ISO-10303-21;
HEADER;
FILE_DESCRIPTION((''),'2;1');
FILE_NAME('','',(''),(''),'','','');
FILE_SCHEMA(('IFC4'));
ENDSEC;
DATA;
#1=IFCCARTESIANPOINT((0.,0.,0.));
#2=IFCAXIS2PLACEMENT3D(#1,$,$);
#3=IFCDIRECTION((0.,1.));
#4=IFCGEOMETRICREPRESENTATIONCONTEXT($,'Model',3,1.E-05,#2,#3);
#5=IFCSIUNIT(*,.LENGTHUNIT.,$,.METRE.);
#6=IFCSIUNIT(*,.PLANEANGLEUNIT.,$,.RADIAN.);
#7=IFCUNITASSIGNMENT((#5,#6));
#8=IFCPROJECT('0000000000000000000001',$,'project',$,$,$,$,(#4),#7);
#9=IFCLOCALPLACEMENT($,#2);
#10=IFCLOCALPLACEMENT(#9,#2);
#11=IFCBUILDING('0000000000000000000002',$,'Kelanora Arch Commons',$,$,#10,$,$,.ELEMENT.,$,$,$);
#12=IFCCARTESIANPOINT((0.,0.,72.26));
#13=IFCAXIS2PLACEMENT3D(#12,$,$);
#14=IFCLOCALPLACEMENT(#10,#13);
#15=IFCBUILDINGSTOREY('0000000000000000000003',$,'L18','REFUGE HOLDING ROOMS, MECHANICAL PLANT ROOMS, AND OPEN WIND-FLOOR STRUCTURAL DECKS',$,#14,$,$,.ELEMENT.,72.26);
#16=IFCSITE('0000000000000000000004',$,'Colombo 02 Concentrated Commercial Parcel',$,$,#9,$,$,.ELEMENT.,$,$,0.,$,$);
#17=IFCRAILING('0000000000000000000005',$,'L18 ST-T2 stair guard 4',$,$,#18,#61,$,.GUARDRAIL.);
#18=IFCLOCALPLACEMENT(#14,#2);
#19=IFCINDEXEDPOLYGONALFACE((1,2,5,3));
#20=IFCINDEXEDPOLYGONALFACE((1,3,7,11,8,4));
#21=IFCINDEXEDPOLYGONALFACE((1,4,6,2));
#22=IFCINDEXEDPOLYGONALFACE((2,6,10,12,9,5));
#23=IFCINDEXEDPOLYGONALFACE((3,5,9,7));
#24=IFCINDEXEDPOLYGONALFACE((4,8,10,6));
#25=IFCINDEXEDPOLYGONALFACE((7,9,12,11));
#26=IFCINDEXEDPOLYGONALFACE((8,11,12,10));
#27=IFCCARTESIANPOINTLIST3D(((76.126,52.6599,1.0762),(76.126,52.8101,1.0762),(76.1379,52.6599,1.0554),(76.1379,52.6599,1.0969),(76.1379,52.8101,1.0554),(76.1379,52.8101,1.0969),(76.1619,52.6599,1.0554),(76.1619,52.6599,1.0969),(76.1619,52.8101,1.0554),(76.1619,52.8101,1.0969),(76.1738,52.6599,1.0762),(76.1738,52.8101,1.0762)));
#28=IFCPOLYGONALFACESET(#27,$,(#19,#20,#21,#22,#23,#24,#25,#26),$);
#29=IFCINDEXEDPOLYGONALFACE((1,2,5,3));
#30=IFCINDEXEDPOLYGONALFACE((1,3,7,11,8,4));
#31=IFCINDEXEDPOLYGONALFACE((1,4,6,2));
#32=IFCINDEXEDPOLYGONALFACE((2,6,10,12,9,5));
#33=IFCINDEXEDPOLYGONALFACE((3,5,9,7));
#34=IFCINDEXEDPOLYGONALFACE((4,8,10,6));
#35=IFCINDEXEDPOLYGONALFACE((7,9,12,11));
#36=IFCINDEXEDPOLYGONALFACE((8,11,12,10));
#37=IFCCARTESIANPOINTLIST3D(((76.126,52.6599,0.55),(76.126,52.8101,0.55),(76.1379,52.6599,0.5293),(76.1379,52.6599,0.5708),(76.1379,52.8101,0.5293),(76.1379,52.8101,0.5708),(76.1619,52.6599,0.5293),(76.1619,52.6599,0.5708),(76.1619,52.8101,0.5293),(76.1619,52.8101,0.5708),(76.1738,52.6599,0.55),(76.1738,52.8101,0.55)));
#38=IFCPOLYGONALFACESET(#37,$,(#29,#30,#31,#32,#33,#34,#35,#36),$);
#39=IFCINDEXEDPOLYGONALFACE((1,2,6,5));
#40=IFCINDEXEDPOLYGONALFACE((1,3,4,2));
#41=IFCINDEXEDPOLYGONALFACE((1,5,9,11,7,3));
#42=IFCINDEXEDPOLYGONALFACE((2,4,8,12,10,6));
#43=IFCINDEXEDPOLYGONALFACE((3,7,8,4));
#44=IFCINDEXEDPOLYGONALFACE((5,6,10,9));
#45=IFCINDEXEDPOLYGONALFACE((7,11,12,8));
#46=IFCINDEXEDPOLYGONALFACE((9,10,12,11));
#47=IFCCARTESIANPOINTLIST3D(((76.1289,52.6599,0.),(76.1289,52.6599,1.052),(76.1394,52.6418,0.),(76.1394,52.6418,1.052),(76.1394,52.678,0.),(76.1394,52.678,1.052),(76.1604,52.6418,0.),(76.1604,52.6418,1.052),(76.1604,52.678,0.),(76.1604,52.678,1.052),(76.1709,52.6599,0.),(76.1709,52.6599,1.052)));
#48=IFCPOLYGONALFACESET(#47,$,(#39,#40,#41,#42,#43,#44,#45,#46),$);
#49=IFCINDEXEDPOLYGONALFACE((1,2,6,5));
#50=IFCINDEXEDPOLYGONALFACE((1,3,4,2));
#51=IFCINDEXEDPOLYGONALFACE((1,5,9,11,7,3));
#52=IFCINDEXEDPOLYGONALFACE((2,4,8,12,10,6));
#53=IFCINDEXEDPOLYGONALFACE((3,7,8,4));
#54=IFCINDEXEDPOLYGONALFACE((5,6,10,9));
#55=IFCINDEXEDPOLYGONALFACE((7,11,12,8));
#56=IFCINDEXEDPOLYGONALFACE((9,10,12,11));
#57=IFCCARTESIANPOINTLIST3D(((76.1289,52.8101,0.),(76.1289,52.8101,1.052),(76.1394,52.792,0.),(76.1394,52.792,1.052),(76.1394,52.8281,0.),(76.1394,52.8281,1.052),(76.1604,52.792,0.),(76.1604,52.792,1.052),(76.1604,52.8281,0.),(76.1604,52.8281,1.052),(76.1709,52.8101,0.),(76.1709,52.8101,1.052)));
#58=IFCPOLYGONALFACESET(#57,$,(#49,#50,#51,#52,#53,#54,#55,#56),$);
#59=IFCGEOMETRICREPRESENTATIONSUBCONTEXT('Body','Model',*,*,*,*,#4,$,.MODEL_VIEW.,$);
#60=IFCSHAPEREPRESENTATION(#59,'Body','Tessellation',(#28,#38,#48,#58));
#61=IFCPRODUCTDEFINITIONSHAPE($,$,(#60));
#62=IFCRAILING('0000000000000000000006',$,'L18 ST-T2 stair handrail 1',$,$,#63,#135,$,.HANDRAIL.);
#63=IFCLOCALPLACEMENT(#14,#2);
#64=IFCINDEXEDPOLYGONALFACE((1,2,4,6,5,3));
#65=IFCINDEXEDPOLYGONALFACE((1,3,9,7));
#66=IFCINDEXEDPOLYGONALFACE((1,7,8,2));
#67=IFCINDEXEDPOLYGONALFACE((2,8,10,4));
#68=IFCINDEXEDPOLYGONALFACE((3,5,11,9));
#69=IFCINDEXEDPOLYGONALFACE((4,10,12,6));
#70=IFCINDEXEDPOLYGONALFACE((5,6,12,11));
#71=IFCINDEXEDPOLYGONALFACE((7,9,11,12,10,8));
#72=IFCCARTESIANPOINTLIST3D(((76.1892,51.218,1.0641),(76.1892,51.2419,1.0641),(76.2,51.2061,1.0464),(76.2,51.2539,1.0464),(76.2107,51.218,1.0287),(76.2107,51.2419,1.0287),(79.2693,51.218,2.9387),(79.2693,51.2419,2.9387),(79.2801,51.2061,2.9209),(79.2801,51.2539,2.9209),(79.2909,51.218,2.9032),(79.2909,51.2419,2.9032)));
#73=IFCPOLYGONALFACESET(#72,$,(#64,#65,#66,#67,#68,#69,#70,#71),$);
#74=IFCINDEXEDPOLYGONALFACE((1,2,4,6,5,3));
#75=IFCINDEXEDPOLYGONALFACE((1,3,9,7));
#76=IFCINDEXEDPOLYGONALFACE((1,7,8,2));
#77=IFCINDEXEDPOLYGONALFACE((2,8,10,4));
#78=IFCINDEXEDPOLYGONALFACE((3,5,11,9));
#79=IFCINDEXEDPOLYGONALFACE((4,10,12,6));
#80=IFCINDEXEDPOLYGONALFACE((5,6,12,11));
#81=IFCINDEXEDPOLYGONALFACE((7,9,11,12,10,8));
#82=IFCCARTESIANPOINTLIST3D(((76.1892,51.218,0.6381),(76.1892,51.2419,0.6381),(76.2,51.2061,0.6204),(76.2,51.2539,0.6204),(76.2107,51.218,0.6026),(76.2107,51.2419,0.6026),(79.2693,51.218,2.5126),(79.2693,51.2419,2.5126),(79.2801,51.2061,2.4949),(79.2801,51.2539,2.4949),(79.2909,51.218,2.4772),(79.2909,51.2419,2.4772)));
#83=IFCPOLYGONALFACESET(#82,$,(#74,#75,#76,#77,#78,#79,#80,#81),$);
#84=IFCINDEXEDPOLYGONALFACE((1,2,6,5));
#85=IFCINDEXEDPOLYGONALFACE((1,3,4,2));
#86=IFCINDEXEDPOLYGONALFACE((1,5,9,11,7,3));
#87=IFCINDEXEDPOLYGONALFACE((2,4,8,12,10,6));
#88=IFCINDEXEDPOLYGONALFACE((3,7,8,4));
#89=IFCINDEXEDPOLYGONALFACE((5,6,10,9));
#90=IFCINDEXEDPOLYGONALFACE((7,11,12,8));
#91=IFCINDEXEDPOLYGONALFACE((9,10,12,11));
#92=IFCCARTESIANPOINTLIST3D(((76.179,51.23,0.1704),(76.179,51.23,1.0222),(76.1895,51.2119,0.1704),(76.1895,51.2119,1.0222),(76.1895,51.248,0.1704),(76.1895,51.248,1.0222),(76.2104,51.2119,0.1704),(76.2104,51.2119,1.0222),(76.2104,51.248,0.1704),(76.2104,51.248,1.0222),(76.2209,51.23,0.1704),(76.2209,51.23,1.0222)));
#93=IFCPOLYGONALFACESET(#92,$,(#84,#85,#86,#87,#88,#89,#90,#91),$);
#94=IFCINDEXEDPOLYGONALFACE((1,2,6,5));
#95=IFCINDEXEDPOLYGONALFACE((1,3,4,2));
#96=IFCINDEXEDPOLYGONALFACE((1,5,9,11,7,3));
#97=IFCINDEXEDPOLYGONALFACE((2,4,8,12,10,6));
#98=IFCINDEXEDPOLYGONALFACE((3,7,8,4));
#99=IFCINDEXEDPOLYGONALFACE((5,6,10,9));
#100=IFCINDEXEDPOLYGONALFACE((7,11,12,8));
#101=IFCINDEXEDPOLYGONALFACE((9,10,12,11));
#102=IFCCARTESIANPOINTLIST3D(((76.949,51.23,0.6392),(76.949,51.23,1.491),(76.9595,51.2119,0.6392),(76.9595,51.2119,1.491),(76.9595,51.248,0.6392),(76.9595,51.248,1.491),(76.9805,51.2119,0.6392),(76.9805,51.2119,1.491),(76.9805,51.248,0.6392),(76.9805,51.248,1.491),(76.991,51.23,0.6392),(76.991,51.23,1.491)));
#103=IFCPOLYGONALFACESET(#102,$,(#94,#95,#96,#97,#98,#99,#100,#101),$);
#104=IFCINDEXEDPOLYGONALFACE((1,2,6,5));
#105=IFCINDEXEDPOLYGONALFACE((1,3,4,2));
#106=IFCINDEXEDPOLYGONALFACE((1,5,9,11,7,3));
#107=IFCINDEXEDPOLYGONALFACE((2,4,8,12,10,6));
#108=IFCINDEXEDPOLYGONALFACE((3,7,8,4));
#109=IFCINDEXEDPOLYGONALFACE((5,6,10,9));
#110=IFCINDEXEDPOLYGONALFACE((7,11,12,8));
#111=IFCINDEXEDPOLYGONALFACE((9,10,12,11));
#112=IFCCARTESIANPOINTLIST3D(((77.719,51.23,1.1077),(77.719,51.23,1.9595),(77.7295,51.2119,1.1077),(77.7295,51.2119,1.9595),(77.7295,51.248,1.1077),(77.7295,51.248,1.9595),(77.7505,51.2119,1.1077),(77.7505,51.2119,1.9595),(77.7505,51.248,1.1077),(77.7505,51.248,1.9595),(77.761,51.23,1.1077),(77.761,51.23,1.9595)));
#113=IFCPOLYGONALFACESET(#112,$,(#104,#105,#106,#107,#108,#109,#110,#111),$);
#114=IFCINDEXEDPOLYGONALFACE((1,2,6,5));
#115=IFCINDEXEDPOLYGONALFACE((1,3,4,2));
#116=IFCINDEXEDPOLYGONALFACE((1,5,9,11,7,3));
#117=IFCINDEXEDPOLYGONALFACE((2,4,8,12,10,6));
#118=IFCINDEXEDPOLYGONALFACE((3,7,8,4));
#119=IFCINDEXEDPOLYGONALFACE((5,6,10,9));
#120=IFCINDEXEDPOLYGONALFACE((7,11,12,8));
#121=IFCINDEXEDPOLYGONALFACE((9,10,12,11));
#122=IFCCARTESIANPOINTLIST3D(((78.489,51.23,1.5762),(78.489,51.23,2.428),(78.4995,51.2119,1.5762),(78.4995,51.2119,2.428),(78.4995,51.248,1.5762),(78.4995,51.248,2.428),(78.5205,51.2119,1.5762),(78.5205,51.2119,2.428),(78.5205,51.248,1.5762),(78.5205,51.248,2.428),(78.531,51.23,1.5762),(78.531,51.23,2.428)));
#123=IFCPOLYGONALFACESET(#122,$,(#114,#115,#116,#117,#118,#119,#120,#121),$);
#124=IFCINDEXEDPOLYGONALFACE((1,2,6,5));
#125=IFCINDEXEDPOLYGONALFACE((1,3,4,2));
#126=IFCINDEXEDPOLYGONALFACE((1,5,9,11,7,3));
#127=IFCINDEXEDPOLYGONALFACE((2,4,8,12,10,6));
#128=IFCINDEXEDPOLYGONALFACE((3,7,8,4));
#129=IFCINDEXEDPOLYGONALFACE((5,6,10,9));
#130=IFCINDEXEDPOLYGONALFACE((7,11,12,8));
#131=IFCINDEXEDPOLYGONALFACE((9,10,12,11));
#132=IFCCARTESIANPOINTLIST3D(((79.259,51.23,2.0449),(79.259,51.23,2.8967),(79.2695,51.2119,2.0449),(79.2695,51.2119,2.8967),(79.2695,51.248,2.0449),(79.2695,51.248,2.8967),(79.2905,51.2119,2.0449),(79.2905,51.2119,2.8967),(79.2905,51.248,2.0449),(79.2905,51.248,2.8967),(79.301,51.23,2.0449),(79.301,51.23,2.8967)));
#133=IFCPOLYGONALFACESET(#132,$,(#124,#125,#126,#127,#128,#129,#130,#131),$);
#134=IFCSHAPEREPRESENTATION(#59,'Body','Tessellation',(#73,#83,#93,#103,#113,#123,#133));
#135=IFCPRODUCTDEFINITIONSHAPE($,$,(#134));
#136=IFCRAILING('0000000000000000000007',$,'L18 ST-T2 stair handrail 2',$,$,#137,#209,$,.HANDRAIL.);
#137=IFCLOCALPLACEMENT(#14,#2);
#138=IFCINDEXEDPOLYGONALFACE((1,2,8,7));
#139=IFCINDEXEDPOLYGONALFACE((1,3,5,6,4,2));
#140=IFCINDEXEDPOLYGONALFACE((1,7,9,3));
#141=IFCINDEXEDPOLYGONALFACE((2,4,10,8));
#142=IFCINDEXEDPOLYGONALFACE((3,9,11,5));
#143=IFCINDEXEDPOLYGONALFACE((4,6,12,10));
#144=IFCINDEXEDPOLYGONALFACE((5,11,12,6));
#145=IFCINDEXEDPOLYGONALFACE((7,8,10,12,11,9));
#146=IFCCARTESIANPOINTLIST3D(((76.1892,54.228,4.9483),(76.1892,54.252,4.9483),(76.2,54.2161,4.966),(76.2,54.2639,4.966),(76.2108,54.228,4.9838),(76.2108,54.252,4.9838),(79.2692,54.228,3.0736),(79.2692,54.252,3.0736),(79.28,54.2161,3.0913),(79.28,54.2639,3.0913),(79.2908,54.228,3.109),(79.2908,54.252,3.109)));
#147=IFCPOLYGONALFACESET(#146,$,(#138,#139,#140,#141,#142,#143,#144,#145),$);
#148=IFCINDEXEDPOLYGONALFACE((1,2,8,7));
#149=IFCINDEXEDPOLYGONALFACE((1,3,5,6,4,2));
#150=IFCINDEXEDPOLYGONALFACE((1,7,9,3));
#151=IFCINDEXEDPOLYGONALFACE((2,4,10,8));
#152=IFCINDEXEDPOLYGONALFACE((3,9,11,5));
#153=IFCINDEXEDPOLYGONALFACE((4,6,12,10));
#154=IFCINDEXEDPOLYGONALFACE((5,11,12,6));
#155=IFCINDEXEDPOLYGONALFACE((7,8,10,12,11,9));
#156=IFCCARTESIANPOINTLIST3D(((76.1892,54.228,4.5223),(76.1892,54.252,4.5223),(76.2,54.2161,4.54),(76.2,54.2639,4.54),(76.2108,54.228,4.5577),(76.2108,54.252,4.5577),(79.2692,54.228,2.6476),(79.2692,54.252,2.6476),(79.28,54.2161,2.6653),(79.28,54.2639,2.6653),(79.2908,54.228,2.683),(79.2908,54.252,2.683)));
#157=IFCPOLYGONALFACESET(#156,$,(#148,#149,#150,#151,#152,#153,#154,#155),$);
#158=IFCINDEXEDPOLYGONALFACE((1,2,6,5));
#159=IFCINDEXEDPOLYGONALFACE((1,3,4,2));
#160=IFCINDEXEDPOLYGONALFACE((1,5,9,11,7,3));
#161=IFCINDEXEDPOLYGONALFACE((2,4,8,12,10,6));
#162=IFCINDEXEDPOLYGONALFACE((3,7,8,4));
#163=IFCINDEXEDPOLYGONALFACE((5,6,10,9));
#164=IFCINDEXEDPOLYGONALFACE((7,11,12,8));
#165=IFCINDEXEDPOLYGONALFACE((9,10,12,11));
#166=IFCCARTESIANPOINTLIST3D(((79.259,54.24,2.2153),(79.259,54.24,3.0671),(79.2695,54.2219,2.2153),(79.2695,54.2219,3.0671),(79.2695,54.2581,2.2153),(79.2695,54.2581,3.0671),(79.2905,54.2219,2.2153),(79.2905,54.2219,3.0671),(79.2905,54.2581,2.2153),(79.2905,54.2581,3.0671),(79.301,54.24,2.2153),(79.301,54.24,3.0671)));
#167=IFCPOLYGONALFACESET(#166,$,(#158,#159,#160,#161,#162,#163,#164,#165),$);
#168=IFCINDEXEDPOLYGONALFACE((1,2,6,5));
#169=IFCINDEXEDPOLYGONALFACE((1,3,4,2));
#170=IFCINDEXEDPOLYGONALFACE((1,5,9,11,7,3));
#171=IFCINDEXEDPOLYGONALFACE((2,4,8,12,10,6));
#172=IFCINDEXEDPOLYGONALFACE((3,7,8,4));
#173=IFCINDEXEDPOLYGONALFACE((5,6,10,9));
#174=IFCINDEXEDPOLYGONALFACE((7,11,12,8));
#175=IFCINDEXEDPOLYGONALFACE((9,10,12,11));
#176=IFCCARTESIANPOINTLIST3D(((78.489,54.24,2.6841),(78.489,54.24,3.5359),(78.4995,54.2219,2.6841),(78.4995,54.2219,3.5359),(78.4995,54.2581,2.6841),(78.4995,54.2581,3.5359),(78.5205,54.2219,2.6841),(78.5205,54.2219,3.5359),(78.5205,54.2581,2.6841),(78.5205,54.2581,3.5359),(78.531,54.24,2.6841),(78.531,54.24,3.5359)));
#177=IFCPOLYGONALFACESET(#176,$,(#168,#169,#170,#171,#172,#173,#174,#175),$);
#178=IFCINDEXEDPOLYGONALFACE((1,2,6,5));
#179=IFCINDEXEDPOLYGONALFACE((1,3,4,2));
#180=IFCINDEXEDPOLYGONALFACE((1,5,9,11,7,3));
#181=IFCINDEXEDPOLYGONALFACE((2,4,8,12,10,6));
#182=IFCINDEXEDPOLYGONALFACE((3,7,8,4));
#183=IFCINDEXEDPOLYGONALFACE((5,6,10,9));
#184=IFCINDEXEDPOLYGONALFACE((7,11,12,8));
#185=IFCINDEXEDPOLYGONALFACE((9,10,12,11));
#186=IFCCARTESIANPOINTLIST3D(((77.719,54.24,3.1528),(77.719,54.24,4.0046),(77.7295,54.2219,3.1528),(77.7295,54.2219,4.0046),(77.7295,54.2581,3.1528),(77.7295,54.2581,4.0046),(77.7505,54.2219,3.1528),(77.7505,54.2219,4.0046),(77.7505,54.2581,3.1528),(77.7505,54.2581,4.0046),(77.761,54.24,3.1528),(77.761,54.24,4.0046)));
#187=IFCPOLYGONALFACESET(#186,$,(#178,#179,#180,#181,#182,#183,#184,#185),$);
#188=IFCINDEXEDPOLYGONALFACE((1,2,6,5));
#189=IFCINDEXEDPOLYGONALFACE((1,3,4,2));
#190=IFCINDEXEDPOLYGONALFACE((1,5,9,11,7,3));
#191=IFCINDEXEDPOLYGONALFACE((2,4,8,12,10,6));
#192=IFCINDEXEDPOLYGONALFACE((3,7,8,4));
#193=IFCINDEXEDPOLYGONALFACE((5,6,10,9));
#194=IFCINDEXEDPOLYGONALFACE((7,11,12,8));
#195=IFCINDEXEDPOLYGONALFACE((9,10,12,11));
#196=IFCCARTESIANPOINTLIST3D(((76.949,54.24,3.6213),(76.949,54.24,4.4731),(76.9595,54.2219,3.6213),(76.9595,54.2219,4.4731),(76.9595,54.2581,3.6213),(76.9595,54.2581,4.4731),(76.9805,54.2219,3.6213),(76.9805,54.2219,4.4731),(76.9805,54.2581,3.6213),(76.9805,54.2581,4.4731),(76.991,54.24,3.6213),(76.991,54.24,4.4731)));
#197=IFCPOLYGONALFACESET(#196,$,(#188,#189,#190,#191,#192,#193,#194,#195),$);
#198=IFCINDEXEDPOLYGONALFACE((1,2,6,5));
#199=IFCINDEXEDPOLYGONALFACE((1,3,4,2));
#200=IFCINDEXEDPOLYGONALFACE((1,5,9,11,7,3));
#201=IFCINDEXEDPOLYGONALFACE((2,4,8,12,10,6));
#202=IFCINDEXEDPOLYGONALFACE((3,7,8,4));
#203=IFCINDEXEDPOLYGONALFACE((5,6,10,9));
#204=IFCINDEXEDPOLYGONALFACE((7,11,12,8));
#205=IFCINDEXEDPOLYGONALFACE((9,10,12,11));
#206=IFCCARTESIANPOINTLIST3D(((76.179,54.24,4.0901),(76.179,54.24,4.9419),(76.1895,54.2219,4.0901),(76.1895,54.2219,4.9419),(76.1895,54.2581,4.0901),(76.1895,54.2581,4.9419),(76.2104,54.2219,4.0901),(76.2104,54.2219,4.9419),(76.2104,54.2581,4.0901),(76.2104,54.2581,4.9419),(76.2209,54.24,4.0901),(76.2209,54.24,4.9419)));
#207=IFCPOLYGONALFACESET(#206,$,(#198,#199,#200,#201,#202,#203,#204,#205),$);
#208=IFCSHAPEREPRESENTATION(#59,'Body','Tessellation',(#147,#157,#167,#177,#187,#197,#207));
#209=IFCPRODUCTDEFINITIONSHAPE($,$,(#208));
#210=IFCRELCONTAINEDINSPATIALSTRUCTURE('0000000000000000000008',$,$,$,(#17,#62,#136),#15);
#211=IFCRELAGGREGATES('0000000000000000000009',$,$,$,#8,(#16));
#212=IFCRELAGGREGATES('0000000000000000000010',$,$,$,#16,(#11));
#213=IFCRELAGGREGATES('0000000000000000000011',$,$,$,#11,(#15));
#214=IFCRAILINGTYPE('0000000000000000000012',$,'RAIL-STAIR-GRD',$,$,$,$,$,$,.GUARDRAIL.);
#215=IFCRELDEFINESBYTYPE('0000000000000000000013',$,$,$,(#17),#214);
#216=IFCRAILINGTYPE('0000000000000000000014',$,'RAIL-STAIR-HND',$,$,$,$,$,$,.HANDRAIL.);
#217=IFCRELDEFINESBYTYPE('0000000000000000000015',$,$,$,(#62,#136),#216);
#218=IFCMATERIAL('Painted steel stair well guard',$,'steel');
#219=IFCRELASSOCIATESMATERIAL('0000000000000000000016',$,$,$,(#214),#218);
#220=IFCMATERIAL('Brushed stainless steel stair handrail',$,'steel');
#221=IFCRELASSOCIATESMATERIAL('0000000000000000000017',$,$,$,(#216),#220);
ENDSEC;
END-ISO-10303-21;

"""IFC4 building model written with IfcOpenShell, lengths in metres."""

from ifc_helpers import new_model, si_unit, direction, frame, origin, place, context, subcontext, project, spatial, polyline, outline, extrude, material, type_object, element, save


model = new_model("IFC4")

# Units and contexts
model_context = context("Model", 3, precision=1e-05, world=origin(), true_north=direction((0.0, 1.0)))
body_context = subcontext(model_context, "Body", "Model", "MODEL_VIEW")
ifc_project = project(units=[si_unit("LENGTHUNIT", "METRE"), si_unit("PLANEANGLEUNIT", "RADIAN")], contexts=[model_context])

# Site, building, storey
site_placement = place(None, origin())
site = spatial("IfcSite", under=ifc_project, at=site_placement, Name="Colombo 02 Concentrated Commercial Parcel", CompositionType="ELEMENT", RefElevation=0.0)
building_placement = place(site_placement, origin())
building = spatial("IfcBuilding", under=site, at=building_placement, Name="Kelanora Arch Commons", CompositionType="ELEMENT")
storey_placement = place(building_placement, frame((0.0, 0.0, 72.26)))
storey = spatial("IfcBuildingStorey", under=building, at=storey_placement, Name="L18", Description="REFUGE HOLDING ROOMS, MECHANICAL PLANT ROOMS, AND OPEN WIND-FLOOR STRUCTURAL DECKS", CompositionType="ELEMENT", Elevation=72.26)

# Railings
ifc_material_1 = material(Name="Painted steel stair well guard", Category="steel")
railing_type_1 = type_object("IfcRailingType", Name="RAIL-STAIR-GRD", PredefinedType="GUARDRAIL", material=ifc_material_1)
railing_1_placement = place(storey_placement, frame((76.1499, 52.6599, 0.0)))
element("IfcRailing", 1, at=railing_1_placement, inside=storey, type_object=railing_type_1, Name="L18 ST-T2 stair guard 4", PredefinedType="GUARDRAIL", context=body_context, shape_type="SweptSolid", body=[
    extrude(outline(polyline([(0.0239, 0.0), (0.012, 0.0208), (-0.012, 0.0208), (-0.0239, 0.0), (-0.012, -0.0208), (0.012, -0.0208), (0.0239, 0.0)])), frame((0.0, 0.0, 1.0762), z_axis=(0.0, 1.0, 0.0), x_axis=(-1.0, 0.0, 0.0)), (0.0, 0.0, 1.0), 0.1501),
    extrude(outline(polyline([(0.0239, 0.0), (0.012, 0.0208), (-0.012, 0.0208), (-0.0239, 0.0), (-0.012, -0.0208), (0.012, -0.0208), (0.0239, 0.0)])), frame((0.0, 0.0, 0.55), z_axis=(0.0, 1.0, 0.0), x_axis=(-1.0, 0.0, 0.0)), (0.0, 0.0, 1.0), 0.1501),
    extrude(outline(polyline([(0.021, 0.0), (0.0105, 0.0181), (-0.0105, 0.0181), (-0.021, 0.0), (-0.0105, -0.0181), (0.0105, -0.0181), (0.021, 0.0)])), origin(), (0.0, 0.0, 1.0), 1.052),
    extrude(outline(polyline([(0.021, 0.0), (0.0105, 0.0181), (-0.0105, 0.0181), (-0.021, 0.0), (-0.0105, -0.0181), (0.0105, -0.0181), (0.021, 0.0)])), frame((0.0, 0.1501, 0.0)), (0.0, 0.0, 1.0), 1.052),
])
ifc_material_2 = material(Name="Brushed stainless steel stair handrail", Category="steel")
railing_type_2 = type_object("IfcRailingType", Name="RAIL-STAIR-HND", PredefinedType="HANDRAIL", material=ifc_material_2)
railing_2_placement = place(storey_placement, frame((76.2, 51.23, 0.1704)))
element("IfcRailing", 2, at=railing_2_placement, inside=storey, type_object=railing_type_2, Name="L18 ST-T2 stair handrail 1", PredefinedType="HANDRAIL", context=body_context, shape_type="SweptSolid", body=[
    extrude(outline(polyline([(0.0239, 0.0), (0.012, 0.0208), (-0.012, 0.0208), (-0.0239, 0.0), (-0.012, -0.0208), (0.012, -0.0208), (0.0239, 0.0)])), frame((0.0, 0.0, 0.876), z_axis=(0.854238, 0.0, 0.519883), x_axis=(0.0, 1.0, 0.0)), (0.0, 0.0, 1.0), 3.6057),
    extrude(outline(polyline([(0.0239, 0.0), (0.012, 0.0208), (-0.012, 0.0208), (-0.0239, 0.0), (-0.012, -0.0208), (0.012, -0.0208), (0.0239, 0.0)])), frame((0.0, 0.0, 0.45), z_axis=(0.854238, 0.0, 0.519883), x_axis=(0.0, 1.0, 0.0)), (0.0, 0.0, 1.0), 3.6057),
    extrude(outline(polyline([(0.021, 0.0), (0.0105, 0.0181), (-0.0105, 0.0181), (-0.021, 0.0), (-0.0105, -0.0181), (0.0105, -0.0181), (0.021, 0.0)])), origin(), (0.0, 0.0, 1.0), 0.8518),
    extrude(outline(polyline([(0.021, 0.0), (0.0105, 0.0181), (-0.0105, 0.0181), (-0.021, 0.0), (-0.0105, -0.0181), (0.0105, -0.0181), (0.021, 0.0)])), frame((0.77, 0.0, 0.4688)), (0.0, 0.0, 1.0), 0.8518),
    extrude(outline(polyline([(0.021, 0.0), (0.0105, 0.0181), (-0.0105, 0.0181), (-0.021, 0.0), (-0.0105, -0.0181), (0.0105, -0.0181), (0.021, 0.0)])), frame((1.54, 0.0, 0.9373)), (0.0, 0.0, 1.0), 0.8518),
    extrude(outline(polyline([(0.021, 0.0), (0.0105, 0.0181), (-0.0105, 0.0181), (-0.021, 0.0), (-0.0105, -0.0181), (0.0105, -0.0181), (0.021, 0.0)])), frame((2.3101, 0.0, 1.4058)), (0.0, 0.0, 1.0), 0.8518),
    extrude(outline(polyline([(0.021, 0.0), (0.0105, 0.0181), (-0.0105, 0.0181), (-0.021, 0.0), (-0.0105, -0.0181), (0.0105, -0.0181), (0.021, 0.0)])), frame((3.0801, 0.0, 1.8745)), (0.0, 0.0, 1.0), 0.8518),
])
railing_3_placement = place(storey_placement, frame((79.28, 54.24, 2.2153)))
element("IfcRailing", 3, at=railing_3_placement, inside=storey, type_object=railing_type_2, Name="L18 ST-T2 stair handrail 2", PredefinedType="HANDRAIL", context=body_context, shape_type="SweptSolid", body=[
    extrude(outline(polyline([(0.0239, 0.0), (0.012, 0.0208), (-0.012, 0.0208), (-0.0239, 0.0), (-0.012, -0.0208), (0.012, -0.0208), (0.0239, 0.0)])), frame((0.0, 0.0, 0.876), z_axis=(-0.854208, 0.0, 0.519932), x_axis=(0.0, -1.0, 0.0)), (0.0, 0.0, 1.0), 3.6057),
    extrude(outline(polyline([(0.0239, 0.0), (0.012, 0.0208), (-0.012, 0.0208), (-0.0239, 0.0), (-0.012, -0.0208), (0.012, -0.0208), (0.0239, 0.0)])), frame((0.0, 0.0, 0.45), z_axis=(-0.854208, 0.0, 0.519932), x_axis=(0.0, -1.0, 0.0)), (0.0, 0.0, 1.0), 3.6057),
    extrude(outline(polyline([(0.021, 0.0), (0.0105, 0.0181), (-0.0105, 0.0181), (-0.021, 0.0), (-0.0105, -0.0181), (0.0105, -0.0181), (0.021, 0.0)])), origin(), (0.0, 0.0, 1.0), 0.8518),
    extrude(outline(polyline([(0.021, 0.0), (0.0105, 0.0181), (-0.0105, 0.0181), (-0.021, 0.0), (-0.0105, -0.0181), (0.0105, -0.0181), (0.021, 0.0)])), frame((-0.77, 0.0, 0.4688)), (0.0, 0.0, 1.0), 0.8518),
    extrude(outline(polyline([(0.021, 0.0), (0.0105, 0.0181), (-0.0105, 0.0181), (-0.021, 0.0), (-0.0105, -0.0181), (0.0105, -0.0181), (0.021, 0.0)])), frame((-1.54, 0.0, 0.9375)), (0.0, 0.0, 1.0), 0.8518),
    extrude(outline(polyline([(0.021, 0.0), (0.0105, 0.0181), (-0.0105, 0.0181), (-0.021, 0.0), (-0.0105, -0.0181), (0.0105, -0.0181), (0.021, 0.0)])), frame((-2.3101, 0.0, 1.406)), (0.0, 0.0, 1.0), 0.8518),
    extrude(outline(polyline([(0.021, 0.0), (0.0105, 0.0181), (-0.0105, 0.0181), (-0.021, 0.0), (-0.0105, -0.0181), (0.0105, -0.0181), (0.021, 0.0)])), frame((-3.0801, 0.0, 1.8748)), (0.0, 0.0, 1.0), 0.8518),
])

save(model, "model.ifc")
